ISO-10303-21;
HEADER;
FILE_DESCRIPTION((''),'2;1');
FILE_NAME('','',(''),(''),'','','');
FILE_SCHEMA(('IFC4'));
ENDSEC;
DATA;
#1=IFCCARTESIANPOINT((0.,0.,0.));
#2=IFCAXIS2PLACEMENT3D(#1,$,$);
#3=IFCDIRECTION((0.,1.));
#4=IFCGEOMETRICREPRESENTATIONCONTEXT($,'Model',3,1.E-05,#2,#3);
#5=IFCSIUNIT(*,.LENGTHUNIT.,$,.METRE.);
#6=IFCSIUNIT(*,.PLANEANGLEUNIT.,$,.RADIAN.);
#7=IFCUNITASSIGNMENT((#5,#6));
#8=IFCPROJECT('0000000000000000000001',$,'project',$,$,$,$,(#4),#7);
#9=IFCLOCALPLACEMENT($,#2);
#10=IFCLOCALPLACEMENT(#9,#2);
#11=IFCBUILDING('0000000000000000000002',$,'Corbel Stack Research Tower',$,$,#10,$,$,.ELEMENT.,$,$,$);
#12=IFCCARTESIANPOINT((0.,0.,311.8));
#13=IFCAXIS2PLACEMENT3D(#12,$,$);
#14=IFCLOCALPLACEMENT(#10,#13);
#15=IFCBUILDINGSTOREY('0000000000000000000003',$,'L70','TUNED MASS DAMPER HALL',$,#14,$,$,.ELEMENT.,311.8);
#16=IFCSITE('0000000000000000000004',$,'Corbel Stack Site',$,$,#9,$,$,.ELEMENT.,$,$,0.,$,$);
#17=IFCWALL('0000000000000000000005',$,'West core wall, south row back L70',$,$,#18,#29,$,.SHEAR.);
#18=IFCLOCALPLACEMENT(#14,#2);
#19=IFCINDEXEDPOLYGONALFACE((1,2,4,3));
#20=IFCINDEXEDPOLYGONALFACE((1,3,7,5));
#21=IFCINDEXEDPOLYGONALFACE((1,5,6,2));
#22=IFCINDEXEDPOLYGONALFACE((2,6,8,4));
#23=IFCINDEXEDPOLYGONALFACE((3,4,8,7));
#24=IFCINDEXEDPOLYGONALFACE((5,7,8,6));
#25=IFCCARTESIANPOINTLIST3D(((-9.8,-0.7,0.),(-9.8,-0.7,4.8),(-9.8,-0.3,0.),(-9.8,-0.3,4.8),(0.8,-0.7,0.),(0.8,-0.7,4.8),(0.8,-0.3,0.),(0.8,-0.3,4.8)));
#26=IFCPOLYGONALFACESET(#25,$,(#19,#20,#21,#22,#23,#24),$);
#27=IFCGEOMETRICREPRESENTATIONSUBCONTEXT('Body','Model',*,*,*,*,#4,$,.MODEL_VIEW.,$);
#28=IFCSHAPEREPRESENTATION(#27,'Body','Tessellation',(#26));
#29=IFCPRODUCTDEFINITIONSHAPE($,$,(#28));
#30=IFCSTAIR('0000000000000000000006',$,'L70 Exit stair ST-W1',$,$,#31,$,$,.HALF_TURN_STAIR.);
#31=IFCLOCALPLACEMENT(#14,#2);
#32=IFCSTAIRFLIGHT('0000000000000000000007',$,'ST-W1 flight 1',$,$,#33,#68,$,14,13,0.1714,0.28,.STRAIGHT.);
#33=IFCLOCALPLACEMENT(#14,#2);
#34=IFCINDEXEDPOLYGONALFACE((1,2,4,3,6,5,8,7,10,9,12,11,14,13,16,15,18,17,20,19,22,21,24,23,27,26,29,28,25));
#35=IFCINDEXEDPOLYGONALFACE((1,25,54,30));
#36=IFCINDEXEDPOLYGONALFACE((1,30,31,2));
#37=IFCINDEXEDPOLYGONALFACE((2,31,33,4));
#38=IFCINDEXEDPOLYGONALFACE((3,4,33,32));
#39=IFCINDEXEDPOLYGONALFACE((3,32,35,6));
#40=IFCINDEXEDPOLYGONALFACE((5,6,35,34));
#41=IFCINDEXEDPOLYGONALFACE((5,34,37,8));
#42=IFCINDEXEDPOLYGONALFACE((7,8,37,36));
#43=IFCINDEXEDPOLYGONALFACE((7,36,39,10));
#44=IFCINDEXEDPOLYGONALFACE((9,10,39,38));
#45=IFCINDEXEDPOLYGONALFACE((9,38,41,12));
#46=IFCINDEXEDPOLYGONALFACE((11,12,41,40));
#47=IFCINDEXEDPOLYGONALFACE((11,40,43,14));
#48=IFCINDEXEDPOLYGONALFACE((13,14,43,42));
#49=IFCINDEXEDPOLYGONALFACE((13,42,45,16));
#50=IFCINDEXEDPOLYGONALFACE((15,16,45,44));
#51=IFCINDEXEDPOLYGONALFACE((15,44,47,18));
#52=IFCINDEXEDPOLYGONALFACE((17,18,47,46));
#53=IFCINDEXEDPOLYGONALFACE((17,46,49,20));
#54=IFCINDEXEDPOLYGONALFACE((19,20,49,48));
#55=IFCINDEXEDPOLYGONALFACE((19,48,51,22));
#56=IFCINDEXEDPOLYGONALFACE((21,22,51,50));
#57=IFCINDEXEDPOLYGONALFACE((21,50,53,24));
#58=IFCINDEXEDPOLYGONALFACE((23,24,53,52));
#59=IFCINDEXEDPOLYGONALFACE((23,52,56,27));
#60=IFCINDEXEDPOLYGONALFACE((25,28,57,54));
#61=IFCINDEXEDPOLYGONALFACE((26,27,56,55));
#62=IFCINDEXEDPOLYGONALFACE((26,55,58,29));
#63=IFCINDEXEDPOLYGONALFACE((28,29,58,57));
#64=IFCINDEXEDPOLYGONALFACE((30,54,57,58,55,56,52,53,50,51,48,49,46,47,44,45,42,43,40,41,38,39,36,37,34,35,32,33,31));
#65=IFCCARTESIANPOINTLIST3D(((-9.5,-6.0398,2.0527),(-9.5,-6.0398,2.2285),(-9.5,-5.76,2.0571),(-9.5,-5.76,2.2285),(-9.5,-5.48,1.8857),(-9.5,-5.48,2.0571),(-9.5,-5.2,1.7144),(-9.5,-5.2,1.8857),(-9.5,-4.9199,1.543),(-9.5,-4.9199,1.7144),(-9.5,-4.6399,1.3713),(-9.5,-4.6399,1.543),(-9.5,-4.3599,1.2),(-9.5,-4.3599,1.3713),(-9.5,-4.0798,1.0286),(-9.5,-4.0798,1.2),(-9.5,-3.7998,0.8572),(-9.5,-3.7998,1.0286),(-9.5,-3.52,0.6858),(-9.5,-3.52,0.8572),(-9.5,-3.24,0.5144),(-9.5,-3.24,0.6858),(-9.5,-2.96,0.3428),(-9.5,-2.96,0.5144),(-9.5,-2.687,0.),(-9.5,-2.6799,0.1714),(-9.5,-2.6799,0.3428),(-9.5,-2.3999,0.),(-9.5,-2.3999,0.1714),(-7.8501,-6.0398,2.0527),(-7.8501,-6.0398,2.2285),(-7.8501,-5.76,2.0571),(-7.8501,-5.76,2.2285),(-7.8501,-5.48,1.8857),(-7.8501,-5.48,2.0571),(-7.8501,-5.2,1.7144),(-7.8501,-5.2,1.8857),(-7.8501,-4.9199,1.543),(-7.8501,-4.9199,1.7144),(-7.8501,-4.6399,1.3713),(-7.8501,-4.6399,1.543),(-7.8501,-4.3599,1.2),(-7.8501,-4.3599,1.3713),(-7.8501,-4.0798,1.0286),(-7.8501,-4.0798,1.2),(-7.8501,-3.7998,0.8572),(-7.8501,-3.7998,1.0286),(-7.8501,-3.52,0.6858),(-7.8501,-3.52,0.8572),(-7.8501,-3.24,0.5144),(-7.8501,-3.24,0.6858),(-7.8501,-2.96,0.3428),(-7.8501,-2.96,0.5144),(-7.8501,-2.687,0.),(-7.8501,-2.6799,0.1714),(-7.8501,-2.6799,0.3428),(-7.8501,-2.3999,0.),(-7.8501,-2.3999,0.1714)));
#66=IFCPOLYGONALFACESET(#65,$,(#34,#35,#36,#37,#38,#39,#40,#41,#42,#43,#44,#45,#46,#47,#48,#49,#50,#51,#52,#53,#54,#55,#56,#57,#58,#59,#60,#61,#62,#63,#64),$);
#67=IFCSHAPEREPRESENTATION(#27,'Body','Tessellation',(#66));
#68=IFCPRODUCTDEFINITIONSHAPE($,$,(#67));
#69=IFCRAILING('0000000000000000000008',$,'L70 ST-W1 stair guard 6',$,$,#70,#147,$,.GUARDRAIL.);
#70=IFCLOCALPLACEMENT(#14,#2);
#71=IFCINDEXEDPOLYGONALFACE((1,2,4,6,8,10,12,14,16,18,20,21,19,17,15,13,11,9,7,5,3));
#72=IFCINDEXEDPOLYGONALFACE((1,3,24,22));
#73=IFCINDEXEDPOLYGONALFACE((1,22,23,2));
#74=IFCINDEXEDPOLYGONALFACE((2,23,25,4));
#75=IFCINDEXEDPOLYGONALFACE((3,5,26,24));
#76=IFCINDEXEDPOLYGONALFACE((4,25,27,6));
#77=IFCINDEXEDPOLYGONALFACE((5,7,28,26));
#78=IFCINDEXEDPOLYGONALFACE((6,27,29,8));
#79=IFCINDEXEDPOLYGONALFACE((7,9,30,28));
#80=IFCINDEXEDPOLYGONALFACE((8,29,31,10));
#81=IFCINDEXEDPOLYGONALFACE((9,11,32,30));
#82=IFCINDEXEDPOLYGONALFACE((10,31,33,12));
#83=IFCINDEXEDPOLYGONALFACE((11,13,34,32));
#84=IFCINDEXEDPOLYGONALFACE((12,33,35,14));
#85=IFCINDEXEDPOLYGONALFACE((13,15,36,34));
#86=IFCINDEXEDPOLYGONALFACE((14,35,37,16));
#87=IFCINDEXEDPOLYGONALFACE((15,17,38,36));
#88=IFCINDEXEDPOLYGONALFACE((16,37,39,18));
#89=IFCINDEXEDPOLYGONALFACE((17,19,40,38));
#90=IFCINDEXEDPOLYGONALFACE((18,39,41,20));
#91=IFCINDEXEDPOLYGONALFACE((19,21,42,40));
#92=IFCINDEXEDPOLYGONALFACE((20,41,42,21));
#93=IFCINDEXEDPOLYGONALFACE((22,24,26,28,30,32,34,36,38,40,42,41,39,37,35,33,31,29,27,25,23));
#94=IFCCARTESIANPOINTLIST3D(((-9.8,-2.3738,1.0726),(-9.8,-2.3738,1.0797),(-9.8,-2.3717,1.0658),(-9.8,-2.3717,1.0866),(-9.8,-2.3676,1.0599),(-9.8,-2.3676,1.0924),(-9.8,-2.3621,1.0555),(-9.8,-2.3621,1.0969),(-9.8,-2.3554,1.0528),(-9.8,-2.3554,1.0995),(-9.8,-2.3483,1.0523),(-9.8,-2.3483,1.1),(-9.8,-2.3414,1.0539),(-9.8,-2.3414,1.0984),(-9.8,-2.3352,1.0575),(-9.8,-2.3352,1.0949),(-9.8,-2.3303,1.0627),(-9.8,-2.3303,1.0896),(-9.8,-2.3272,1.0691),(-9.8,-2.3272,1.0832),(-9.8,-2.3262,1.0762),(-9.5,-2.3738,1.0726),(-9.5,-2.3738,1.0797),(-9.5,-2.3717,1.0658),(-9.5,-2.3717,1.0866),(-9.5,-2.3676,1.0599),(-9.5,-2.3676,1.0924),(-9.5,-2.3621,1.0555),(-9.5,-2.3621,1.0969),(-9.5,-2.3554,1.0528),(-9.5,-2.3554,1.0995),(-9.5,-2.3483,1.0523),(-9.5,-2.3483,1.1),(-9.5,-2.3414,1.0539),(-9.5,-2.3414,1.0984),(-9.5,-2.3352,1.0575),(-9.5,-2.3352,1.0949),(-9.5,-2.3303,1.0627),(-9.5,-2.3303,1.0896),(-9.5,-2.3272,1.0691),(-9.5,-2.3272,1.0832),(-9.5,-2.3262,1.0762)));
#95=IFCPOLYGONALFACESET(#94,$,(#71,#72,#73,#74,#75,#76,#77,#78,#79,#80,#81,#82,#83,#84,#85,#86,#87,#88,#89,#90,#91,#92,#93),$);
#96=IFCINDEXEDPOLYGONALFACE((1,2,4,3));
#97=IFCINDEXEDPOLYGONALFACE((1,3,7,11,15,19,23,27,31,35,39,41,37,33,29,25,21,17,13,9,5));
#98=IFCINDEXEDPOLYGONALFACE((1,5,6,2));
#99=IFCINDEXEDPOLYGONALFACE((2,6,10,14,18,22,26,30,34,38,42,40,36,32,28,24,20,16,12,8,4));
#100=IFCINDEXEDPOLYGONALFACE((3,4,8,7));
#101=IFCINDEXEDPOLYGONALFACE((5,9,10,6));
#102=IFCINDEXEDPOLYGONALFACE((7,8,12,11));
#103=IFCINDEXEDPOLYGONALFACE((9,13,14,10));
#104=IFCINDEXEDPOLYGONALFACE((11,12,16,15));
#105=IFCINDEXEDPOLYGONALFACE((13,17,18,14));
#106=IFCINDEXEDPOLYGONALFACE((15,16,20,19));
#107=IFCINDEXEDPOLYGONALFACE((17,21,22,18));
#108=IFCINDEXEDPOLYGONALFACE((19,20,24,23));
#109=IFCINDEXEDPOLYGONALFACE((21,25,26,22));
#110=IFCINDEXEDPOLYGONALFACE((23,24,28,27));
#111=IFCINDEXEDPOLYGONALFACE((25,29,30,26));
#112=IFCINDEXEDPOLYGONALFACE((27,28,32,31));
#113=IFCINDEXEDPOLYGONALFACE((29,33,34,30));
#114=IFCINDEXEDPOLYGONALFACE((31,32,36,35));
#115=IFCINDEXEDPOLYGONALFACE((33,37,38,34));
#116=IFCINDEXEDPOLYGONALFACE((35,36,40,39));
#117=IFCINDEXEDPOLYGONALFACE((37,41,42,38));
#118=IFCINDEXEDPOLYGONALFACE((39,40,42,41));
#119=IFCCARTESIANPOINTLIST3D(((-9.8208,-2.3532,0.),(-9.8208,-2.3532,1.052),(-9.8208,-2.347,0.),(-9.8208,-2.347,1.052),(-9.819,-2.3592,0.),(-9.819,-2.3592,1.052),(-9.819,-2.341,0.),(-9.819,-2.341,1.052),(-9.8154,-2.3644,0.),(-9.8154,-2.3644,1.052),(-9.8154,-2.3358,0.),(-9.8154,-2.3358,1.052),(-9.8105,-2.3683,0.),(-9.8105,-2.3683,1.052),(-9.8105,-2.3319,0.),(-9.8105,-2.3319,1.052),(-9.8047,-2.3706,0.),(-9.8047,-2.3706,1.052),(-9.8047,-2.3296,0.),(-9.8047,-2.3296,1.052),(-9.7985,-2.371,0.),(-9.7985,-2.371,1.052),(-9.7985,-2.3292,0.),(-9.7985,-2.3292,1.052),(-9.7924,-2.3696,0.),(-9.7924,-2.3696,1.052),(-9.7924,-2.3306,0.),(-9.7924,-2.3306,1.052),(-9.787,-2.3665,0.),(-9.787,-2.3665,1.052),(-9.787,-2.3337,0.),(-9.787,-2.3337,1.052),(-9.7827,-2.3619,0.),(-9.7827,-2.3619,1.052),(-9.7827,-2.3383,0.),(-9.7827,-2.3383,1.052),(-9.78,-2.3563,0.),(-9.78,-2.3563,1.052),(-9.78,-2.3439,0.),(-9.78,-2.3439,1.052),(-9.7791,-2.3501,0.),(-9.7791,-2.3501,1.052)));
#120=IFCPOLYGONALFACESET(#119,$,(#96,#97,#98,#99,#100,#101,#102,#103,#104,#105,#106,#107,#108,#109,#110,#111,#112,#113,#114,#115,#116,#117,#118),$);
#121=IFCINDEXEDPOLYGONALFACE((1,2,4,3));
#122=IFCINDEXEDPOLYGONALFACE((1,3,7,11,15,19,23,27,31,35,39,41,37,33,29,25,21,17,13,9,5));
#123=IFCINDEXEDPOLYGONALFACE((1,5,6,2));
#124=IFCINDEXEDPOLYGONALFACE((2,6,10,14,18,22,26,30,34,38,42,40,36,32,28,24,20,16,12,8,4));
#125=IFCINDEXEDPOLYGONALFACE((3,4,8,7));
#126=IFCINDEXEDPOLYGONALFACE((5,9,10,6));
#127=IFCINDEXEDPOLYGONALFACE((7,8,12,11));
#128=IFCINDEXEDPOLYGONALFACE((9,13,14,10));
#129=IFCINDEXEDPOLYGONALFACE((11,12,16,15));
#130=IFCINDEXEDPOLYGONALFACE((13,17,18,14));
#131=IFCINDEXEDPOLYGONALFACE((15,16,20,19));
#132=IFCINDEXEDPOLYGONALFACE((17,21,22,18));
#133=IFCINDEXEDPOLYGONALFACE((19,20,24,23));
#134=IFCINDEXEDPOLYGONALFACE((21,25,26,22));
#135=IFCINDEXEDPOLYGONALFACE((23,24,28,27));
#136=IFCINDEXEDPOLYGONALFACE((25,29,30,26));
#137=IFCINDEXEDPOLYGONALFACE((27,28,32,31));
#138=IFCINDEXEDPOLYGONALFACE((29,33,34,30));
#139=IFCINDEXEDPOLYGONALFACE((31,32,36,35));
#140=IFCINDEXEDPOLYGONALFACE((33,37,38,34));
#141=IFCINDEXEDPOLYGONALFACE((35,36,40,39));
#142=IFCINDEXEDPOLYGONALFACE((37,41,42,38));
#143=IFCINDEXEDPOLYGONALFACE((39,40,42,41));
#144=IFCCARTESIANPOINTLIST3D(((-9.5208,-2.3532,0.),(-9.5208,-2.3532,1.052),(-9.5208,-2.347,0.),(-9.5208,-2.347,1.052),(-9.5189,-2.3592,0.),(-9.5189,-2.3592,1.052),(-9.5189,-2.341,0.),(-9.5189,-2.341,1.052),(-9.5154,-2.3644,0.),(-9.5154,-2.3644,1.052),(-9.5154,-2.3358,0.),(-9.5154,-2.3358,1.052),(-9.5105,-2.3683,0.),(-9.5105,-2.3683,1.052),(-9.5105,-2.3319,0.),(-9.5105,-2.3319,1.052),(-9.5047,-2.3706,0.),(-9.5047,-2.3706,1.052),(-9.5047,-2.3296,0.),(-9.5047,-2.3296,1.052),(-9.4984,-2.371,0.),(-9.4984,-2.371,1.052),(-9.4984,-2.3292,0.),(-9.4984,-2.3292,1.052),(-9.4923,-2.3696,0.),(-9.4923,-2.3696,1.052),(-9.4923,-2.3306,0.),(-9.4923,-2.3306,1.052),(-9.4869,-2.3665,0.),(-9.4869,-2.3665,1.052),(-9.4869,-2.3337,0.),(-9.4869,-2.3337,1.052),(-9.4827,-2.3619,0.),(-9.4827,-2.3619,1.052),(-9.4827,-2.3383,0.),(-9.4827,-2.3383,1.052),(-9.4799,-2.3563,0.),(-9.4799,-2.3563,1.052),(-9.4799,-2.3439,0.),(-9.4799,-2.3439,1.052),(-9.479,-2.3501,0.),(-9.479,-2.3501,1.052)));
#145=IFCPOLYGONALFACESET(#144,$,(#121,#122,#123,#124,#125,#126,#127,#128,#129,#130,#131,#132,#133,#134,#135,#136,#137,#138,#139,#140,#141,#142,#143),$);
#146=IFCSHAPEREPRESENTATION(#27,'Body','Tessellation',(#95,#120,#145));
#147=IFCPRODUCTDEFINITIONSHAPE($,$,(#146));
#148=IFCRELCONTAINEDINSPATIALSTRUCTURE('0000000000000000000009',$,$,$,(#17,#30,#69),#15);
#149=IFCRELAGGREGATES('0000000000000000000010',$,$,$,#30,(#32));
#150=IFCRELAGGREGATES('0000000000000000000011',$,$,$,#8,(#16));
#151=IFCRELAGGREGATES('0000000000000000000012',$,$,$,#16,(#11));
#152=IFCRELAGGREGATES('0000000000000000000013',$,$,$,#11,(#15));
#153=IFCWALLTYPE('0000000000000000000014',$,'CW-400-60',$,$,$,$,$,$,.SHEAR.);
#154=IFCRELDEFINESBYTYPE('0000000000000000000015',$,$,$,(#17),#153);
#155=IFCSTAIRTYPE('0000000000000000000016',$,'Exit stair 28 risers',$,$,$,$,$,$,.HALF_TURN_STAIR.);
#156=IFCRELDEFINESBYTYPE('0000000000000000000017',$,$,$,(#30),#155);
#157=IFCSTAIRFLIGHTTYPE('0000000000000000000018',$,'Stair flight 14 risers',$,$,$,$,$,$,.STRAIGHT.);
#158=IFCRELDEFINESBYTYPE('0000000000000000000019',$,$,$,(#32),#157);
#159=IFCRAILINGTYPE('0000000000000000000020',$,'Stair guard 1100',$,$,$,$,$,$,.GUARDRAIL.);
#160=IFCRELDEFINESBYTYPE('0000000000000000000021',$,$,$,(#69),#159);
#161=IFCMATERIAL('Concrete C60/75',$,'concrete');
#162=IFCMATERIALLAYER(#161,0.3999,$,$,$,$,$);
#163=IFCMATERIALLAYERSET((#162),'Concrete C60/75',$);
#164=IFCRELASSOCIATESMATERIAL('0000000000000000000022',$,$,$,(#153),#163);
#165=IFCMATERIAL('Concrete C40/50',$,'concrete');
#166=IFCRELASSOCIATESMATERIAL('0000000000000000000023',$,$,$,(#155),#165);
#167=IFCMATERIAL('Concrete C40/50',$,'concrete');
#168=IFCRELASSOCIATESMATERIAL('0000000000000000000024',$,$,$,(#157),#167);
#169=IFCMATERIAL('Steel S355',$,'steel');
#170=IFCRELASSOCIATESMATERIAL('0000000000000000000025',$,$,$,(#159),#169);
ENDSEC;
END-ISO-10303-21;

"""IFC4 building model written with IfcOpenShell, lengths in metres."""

from ifc_helpers import new_model, si_unit, direction, frame, frame_2d, origin, origin_2d, place, context, subcontext, project, spatial, polyline, rectangle, circle, outline, extrude, material, layer, layer_set, type_object, element, aggregate, save


model = new_model("IFC4")

# Units and contexts
model_context = context("Model", 3, precision=1e-05, world=origin(), true_north=direction((0.0, 1.0)))
body_context = subcontext(model_context, "Body", "Model", "MODEL_VIEW")
ifc_project = project(units=[si_unit("LENGTHUNIT", "METRE"), si_unit("PLANEANGLEUNIT", "RADIAN")], contexts=[model_context])

# Site, building, storey
site_placement = place(None, origin())
site = spatial("IfcSite", under=ifc_project, at=site_placement, Name="Corbel Stack Site", CompositionType="ELEMENT", RefElevation=0.0)
building_placement = place(site_placement, origin())
building = spatial("IfcBuilding", under=site, at=building_placement, Name="Corbel Stack Research Tower", CompositionType="ELEMENT")
storey_placement = place(building_placement, frame((0.0, 0.0, 311.8)))
storey = spatial("IfcBuildingStorey", under=building, at=storey_placement, Name="L70", Description="TUNED MASS DAMPER HALL", CompositionType="ELEMENT", Elevation=311.8)

# Wall
ifc_material_1 = material(Name="Concrete C60/75", Category="concrete")
ifc_layer_1 = layer(ifc_material_1, 0.3999)
ifc_layer_set_1 = layer_set([ifc_layer_1], Name="Concrete C60/75")
wall_type = type_object("IfcWallType", Name="CW-400-60", PredefinedType="SHEAR", material=ifc_layer_set_1)
wall_placement = place(storey_placement, frame((-9.8, -0.5, 0.0), z_axis=(0.0, 0.0, 1.0), x_axis=(1.0, 0.0, 0.0)))
element("IfcWall", 1, at=wall_placement, inside=storey, type_object=wall_type, Name="West core wall, south row back L70", PredefinedType="SHEAR", context=body_context, shape_type="SweptSolid", body=[
    extrude(rectangle(XDim=10.6001, YDim=0.3999, at=frame_2d((5.3, 0.0))), origin(), (0.0, 0.0, 1.0), 4.8),
])

# Stair, stair flight
ifc_material_2 = material(Name="Concrete C40/50", Category="concrete")
stair_type = type_object("IfcStairType", Name="Exit stair 28 risers", PredefinedType="HALF_TURN_STAIR", material=ifc_material_2)
stair_placement = place(storey_placement, origin())
stair = element("IfcStair", 2, at=stair_placement, inside=storey, type_object=stair_type, Name="L70 Exit stair ST-W1", PredefinedType="HALF_TURN_STAIR")
ifc_material_3 = material(Name="Concrete C40/50", Category="concrete")
stair_flight_type = type_object("IfcStairFlightType", Name="Stair flight 14 risers", PredefinedType="STRAIGHT", material=ifc_material_3)
stair_flight_placement = place(storey_placement, frame((-8.675, -2.3999, 0.0), z_axis=(0.0, 0.0, 1.0), x_axis=(0.0, -1.0, 0.0)))
stair_flight = element("IfcStairFlight", 3, at=stair_flight_placement, type_object=stair_flight_type, Name="ST-W1 flight 1", NumberOfRisers=14, NumberOfTreads=13, PredefinedType="STRAIGHT", RiserHeight=0.1714, TreadLength=0.28, context=body_context, shape_type="SweptSolid", body=[
    extrude(outline(polyline([(0.0, 0.0), (0.0, 0.1714), (0.28, 0.1714), (0.28, 0.3428), (0.5601, 0.3428), (0.5601, 0.5144), (0.8401, 0.5144), (0.8401, 0.6858), (1.1201, 0.6858), (1.1201, 0.8572), (1.3999, 0.8572), (1.3999, 1.0286), (1.6799, 1.0286), (1.6799, 1.2), (1.96, 1.2), (1.96, 1.3713), (2.24, 1.3713), (2.24, 1.543), (2.52, 1.543), (2.52, 1.7144), (2.8, 1.7144), (2.8, 1.8857), (3.0801, 1.8857), (3.0801, 2.0571), (3.3601, 2.0571), (3.3601, 2.2285), (3.6399, 2.2285), (3.6399, 2.3999), (3.6399, 2.0527), (0.2871, 0.0), (0.0, 0.0)])), frame((0.0, 0.825, 0.0), z_axis=(0.0, -1.0, 0.0), x_axis=(1.0, 0.0, 0.0)), (0.0, 0.0, 1.0), 1.6499),
])
aggregate(stair, [stair_flight])

# Railing
ifc_material_4 = material(Name="Steel S355", Category="steel")
railing_type_1 = type_object("IfcRailingType", Name="Stair guard 1100", PredefinedType="GUARDRAIL", material=ifc_material_4)
railing_1_placement = place(storey_placement, frame((-9.8, -2.3501, 0.0)))
element("IfcRailing", 4, at=railing_1_placement, inside=storey, type_object=railing_type_1, Name="L70 ST-W1 stair guard 6", PredefinedType="GUARDRAIL", context=body_context, shape_type="SweptSolid", body=[
    extrude(circle(Radius=0.0239, at=origin_2d()), frame((0.0, 0.0, 1.0762), z_axis=(1.0, 0.0, 0.0), x_axis=(0.0, 1.0, 0.0)), (0.0, 0.0, 1.0), 0.3),
    extrude(circle(Radius=0.021, at=origin_2d()), origin(), (0.0, 0.0, 1.0), 1.052),
    extrude(circle(Radius=0.021, at=origin_2d()), frame((0.3, 0.0, 0.0)), (0.0, 0.0, 1.0), 1.052),
])

save(model, "model.ifc")
